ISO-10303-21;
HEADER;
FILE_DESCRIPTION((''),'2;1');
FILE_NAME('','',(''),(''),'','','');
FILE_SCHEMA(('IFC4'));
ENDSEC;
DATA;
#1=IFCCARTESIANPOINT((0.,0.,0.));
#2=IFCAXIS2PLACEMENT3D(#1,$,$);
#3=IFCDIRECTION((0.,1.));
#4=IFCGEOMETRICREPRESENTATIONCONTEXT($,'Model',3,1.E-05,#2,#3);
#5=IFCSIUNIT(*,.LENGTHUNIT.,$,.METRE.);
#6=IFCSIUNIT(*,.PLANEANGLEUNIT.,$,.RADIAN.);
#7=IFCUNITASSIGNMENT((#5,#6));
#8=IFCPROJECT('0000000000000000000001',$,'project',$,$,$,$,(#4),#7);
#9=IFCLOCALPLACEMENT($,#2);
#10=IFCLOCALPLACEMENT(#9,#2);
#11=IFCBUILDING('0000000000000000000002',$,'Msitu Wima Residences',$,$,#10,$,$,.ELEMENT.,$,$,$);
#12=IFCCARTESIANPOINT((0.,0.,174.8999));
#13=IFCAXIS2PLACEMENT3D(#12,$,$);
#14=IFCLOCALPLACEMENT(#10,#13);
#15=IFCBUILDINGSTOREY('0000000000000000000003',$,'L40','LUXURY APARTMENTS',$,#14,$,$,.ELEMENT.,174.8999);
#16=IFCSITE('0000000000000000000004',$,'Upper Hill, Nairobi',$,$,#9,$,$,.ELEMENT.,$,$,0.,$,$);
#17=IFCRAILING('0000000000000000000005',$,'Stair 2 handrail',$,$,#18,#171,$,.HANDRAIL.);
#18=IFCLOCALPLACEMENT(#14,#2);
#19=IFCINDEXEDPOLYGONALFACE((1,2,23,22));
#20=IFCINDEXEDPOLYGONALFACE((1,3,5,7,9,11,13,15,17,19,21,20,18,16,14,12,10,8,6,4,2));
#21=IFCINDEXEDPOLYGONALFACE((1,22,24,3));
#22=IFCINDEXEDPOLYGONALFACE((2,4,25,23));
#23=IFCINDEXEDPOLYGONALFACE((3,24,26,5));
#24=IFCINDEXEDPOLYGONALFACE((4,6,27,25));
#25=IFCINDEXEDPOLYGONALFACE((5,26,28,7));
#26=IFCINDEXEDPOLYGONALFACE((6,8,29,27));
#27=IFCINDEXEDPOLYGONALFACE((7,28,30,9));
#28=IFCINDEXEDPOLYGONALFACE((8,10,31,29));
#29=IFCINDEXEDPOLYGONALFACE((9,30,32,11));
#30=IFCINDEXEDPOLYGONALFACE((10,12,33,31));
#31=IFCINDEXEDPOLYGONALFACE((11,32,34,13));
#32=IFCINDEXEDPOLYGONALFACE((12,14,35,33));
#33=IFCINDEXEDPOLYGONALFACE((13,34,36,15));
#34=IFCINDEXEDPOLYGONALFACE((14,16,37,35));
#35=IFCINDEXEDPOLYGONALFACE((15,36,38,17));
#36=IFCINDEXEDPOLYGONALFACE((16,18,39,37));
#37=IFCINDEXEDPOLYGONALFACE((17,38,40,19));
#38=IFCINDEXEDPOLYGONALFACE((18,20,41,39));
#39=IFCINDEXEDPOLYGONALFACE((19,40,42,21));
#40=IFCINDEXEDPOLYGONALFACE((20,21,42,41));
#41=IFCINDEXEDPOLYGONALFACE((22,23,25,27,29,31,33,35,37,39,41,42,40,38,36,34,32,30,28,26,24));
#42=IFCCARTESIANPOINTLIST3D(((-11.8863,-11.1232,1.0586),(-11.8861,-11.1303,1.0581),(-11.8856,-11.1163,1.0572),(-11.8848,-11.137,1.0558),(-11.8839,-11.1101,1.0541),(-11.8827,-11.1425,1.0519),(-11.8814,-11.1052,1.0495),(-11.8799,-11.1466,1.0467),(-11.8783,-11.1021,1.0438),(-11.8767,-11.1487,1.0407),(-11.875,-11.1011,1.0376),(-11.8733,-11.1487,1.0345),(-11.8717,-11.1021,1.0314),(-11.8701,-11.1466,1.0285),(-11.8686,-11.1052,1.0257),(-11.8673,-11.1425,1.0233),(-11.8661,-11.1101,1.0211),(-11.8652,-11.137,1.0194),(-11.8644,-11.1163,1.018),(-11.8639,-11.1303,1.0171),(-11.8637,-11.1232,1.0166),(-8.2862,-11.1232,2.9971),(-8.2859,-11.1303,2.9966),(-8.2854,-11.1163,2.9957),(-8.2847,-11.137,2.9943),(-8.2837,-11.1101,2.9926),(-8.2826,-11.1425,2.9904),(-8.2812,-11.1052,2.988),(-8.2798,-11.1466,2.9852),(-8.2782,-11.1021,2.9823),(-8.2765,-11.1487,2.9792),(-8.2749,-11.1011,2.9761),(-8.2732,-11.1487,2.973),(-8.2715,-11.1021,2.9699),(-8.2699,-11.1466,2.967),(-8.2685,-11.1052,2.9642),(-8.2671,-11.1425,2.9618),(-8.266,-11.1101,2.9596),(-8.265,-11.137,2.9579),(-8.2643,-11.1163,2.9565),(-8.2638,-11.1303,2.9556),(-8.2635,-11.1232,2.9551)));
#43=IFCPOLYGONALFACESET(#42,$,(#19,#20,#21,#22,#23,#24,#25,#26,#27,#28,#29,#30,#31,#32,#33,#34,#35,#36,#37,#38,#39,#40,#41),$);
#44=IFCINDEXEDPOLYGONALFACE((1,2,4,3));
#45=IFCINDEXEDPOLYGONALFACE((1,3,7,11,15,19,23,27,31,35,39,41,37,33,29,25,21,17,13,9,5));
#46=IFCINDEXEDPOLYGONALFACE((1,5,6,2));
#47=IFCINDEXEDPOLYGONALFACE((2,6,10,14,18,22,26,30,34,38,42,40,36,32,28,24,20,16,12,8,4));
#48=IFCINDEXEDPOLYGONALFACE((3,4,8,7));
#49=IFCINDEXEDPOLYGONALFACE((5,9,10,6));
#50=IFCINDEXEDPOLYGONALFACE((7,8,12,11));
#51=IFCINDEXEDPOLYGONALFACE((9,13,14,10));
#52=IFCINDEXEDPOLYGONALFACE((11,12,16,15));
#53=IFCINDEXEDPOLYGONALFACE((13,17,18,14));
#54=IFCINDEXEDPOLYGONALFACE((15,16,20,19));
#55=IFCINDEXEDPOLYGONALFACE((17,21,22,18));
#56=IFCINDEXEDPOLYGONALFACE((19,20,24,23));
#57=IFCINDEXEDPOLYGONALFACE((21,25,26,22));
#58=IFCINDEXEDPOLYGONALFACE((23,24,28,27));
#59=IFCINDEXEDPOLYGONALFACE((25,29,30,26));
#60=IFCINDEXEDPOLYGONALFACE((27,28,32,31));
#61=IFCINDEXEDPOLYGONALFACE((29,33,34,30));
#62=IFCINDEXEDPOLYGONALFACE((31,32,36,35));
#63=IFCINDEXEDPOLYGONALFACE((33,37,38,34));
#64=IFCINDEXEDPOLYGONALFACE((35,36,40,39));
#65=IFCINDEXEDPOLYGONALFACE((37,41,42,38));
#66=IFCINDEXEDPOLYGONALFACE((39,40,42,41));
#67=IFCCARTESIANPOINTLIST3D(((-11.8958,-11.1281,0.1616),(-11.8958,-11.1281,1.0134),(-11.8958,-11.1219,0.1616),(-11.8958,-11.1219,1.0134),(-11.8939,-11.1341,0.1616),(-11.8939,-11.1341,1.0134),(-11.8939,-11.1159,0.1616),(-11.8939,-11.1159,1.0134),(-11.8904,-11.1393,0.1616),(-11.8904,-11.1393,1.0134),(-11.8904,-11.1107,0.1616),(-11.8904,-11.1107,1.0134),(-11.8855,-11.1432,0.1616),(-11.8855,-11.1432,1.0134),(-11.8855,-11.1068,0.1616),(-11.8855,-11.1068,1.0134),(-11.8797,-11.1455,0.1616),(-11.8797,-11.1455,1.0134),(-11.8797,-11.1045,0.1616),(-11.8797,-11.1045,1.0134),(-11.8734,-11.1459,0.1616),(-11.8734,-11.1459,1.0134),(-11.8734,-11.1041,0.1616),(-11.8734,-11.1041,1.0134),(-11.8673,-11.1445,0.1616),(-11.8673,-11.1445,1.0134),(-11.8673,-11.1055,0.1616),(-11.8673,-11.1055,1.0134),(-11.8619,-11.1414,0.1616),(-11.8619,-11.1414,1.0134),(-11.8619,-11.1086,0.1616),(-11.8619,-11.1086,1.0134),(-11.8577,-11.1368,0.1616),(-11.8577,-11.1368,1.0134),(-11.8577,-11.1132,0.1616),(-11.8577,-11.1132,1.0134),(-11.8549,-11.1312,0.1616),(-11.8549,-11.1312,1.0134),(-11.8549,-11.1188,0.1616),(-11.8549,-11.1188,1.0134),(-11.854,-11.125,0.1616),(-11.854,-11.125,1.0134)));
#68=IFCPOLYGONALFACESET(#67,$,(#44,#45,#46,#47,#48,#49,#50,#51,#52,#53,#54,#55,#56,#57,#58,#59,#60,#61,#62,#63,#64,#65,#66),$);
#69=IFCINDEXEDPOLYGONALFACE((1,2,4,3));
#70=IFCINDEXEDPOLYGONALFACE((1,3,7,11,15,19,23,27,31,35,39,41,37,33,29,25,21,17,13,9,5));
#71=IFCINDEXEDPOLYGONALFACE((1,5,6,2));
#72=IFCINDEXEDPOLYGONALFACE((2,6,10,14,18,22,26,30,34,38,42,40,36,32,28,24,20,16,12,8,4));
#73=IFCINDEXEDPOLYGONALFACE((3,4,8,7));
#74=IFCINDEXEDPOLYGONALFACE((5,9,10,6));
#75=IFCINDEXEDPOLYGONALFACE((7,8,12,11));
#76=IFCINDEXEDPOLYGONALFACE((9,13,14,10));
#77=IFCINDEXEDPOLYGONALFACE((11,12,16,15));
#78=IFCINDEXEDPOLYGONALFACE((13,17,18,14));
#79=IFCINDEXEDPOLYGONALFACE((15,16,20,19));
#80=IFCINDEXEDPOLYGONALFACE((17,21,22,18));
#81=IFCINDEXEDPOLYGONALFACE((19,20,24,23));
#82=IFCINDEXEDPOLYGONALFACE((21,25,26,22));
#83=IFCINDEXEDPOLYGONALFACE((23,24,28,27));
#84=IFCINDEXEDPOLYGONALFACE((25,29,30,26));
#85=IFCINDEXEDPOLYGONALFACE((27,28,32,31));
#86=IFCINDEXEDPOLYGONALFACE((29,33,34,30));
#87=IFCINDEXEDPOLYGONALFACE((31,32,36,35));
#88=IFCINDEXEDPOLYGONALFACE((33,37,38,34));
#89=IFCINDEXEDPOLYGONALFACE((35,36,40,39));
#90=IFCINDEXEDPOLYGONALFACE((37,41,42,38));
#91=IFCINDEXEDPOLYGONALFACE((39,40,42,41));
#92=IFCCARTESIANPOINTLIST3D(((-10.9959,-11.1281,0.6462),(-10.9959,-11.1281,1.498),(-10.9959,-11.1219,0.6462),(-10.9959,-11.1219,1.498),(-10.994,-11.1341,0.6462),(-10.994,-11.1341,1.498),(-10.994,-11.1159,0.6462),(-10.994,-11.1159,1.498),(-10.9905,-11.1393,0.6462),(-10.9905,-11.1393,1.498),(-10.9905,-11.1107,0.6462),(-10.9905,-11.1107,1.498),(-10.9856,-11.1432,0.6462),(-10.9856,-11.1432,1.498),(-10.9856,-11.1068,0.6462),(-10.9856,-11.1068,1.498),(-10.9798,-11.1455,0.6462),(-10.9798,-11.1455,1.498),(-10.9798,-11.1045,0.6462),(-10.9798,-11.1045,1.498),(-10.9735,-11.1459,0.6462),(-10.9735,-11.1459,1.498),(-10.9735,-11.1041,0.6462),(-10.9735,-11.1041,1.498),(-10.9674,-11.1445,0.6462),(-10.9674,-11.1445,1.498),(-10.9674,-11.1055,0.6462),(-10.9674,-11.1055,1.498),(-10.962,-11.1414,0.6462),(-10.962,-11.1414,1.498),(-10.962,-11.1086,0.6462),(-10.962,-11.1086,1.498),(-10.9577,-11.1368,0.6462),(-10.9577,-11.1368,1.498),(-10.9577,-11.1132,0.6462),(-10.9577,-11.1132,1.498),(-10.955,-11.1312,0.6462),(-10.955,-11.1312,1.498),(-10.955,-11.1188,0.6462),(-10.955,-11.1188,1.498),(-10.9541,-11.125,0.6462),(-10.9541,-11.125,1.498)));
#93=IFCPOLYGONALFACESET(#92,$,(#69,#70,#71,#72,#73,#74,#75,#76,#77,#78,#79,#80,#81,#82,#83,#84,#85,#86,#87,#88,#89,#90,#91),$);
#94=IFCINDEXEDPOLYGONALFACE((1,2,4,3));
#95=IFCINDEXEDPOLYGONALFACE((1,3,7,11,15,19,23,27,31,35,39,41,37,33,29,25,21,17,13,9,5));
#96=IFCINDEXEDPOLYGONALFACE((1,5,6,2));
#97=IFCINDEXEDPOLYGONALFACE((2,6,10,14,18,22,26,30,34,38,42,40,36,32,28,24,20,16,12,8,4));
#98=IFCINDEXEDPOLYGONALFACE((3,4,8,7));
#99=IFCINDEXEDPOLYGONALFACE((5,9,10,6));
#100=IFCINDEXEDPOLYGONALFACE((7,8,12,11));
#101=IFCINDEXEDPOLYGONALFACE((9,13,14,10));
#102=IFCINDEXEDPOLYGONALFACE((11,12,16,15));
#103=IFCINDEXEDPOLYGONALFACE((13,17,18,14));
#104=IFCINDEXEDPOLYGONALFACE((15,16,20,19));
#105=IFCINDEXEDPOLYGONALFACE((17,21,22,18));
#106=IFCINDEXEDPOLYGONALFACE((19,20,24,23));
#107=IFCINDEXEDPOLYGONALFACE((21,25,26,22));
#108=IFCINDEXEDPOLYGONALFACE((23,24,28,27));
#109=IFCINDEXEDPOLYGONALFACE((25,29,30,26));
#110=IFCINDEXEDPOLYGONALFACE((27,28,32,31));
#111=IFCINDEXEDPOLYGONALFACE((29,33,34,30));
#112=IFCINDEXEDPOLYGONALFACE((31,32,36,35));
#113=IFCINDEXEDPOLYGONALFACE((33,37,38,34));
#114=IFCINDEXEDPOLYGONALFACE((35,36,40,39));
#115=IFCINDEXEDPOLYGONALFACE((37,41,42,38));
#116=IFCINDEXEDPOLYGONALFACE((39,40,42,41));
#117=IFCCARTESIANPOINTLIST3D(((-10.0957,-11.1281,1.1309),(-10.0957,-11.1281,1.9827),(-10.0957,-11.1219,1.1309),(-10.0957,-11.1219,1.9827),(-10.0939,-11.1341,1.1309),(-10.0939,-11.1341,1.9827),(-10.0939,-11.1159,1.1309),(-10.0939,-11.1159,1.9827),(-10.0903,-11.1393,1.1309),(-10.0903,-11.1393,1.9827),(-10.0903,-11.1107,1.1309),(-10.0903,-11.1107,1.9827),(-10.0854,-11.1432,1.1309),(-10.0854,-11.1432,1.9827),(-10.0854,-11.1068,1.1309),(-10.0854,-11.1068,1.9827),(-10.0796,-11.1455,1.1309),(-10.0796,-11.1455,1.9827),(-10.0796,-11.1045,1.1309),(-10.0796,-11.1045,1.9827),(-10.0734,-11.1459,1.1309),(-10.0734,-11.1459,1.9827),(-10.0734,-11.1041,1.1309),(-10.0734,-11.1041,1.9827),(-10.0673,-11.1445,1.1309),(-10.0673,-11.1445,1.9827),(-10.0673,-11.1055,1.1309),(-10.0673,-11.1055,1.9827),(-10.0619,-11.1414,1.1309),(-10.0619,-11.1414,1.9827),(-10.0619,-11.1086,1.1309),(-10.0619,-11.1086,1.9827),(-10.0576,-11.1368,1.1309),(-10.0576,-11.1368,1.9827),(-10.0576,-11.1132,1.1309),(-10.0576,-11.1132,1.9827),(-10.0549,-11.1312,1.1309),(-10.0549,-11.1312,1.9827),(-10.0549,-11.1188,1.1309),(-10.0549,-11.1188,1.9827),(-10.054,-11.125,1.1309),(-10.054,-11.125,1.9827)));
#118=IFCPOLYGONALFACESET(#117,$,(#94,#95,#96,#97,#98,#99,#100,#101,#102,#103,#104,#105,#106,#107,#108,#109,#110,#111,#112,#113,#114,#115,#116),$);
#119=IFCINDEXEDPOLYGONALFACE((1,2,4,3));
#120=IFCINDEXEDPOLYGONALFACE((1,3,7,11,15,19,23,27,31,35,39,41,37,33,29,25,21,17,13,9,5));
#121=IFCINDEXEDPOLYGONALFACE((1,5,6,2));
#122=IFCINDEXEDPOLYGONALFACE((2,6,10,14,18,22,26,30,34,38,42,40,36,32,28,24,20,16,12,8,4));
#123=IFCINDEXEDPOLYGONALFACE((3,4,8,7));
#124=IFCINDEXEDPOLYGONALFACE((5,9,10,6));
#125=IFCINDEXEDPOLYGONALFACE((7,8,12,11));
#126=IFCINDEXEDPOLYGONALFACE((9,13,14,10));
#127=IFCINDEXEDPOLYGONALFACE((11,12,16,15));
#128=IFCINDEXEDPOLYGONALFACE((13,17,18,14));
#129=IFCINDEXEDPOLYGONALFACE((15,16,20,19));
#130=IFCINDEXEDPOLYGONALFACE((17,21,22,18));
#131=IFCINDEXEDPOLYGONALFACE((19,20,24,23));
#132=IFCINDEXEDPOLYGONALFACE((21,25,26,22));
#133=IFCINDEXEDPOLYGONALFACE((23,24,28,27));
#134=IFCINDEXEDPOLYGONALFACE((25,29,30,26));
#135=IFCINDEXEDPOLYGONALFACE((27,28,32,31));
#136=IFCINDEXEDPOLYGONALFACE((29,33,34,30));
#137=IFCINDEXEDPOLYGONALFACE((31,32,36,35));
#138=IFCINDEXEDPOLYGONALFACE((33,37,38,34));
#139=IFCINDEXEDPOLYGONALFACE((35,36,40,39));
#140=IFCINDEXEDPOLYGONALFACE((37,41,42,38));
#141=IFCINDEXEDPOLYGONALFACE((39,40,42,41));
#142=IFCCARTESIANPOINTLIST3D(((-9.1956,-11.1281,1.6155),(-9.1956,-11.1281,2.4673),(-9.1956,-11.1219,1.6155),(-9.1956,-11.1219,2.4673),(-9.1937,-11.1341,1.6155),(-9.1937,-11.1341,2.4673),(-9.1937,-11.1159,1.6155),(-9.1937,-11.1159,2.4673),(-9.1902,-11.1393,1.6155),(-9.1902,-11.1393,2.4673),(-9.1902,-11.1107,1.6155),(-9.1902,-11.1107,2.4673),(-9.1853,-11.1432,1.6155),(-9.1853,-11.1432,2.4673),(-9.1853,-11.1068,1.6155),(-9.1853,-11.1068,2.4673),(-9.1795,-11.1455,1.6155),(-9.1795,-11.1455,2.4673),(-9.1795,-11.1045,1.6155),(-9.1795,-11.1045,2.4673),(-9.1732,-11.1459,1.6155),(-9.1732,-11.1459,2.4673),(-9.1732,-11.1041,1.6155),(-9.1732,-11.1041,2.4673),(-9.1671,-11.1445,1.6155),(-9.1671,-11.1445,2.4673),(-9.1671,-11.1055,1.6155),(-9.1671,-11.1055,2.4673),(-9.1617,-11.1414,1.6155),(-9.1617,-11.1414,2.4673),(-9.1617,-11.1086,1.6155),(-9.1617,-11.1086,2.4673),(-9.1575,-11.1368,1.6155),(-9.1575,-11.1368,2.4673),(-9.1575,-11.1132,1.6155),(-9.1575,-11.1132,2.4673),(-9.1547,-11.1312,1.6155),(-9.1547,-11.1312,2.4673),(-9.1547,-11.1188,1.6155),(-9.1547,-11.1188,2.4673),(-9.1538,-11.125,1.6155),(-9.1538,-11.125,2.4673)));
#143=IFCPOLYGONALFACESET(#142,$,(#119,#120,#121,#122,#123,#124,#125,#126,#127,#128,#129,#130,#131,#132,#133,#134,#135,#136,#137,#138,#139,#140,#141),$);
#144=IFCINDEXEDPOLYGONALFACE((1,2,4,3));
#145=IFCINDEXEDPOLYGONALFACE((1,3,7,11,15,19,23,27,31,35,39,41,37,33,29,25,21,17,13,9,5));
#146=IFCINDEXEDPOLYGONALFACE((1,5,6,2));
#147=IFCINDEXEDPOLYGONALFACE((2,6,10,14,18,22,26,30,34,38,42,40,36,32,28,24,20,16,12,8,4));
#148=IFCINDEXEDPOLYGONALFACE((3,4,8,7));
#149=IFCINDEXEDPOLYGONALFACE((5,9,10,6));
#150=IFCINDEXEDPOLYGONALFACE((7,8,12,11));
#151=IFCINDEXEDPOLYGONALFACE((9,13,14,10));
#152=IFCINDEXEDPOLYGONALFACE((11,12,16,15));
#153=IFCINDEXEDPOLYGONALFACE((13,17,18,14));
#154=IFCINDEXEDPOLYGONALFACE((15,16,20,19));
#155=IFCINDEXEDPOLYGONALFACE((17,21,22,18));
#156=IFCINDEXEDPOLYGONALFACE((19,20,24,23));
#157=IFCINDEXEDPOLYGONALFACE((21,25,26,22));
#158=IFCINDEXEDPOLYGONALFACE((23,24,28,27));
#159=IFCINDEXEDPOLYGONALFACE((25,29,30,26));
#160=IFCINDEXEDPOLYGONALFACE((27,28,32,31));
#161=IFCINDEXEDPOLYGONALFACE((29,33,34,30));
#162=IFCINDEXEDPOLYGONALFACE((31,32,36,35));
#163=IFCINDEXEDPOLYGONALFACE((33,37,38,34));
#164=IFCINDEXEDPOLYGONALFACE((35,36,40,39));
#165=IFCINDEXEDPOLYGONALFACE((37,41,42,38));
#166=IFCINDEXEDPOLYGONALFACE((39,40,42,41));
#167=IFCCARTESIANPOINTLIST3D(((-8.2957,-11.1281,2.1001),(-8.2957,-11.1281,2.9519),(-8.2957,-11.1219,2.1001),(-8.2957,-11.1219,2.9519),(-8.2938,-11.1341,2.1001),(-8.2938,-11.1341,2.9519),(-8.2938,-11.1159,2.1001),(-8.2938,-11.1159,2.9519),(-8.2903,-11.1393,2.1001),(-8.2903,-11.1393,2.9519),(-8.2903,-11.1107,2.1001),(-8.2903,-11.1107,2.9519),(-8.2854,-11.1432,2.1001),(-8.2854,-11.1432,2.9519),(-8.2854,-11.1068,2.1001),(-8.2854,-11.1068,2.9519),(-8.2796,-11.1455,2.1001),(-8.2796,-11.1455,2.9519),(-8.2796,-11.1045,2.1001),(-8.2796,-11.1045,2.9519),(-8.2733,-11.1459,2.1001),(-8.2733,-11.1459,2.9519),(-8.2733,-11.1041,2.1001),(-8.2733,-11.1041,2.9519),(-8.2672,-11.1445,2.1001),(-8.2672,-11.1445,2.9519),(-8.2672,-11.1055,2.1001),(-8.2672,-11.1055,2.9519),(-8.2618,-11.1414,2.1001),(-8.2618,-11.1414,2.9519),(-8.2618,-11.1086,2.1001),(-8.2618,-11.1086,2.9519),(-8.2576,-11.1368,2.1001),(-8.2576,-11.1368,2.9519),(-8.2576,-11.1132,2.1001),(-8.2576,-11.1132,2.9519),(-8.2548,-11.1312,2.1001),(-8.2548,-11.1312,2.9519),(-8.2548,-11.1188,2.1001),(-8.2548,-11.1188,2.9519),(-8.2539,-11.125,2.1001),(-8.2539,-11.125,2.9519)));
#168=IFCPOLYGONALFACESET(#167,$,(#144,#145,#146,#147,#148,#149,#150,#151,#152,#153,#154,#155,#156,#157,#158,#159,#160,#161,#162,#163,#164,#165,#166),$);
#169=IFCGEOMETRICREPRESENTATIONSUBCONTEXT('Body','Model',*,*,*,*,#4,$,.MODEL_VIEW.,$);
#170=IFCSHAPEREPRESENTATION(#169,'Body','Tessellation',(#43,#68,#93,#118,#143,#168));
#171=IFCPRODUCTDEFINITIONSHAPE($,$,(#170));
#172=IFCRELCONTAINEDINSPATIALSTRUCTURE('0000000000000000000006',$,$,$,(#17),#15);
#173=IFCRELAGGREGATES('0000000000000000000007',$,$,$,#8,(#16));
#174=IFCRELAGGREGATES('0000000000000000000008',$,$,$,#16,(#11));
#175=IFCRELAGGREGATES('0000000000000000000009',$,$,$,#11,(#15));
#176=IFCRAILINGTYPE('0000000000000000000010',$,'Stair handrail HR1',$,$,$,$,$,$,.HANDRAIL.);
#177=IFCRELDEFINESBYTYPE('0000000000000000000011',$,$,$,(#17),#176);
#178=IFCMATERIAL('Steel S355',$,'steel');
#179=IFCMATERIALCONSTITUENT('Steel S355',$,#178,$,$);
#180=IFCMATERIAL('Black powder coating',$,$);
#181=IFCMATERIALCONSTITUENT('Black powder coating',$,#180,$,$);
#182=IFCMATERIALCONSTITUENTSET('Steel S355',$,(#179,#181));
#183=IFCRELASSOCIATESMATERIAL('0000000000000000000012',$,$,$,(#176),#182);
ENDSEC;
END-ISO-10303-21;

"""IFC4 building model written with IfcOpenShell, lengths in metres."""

from ifc_helpers import new_model, si_unit, direction, frame, origin, origin_2d, place, context, subcontext, project, spatial, circle, extrude, material, constituent, constituent_set, type_object, element, save


model = new_model("IFC4")

# Units and contexts
model_context = context("Model", 3, precision=1e-05, world=origin(), true_north=direction((0.0, 1.0)))
body_context = subcontext(model_context, "Body", "Model", "MODEL_VIEW")
ifc_project = project(units=[si_unit("LENGTHUNIT", "METRE"), si_unit("PLANEANGLEUNIT", "RADIAN")], contexts=[model_context])

# Site, building, storey
site_placement = place(None, origin())
site = spatial("IfcSite", under=ifc_project, at=site_placement, Name="Upper Hill, Nairobi", CompositionType="ELEMENT", RefElevation=0.0)
building_placement = place(site_placement, origin())
building = spatial("IfcBuilding", under=site, at=building_placement, Name="Msitu Wima Residences", CompositionType="ELEMENT")
storey_placement = place(building_placement, frame((0.0, 0.0, 174.8999)))
storey = spatial("IfcBuildingStorey", under=building, at=storey_placement, Name="L40", Description="LUXURY APARTMENTS", CompositionType="ELEMENT", Elevation=174.8999)

# Railing
ifc_material_1 = material(Name="Steel S355", Category="steel")
ifc_constituent_1 = constituent(ifc_material_1, Name="Steel S355")
ifc_material_2 = material(Name="Black powder coating")
ifc_constituent_2 = constituent(ifc_material_2, Name="Black powder coating")
ifc_constituent_set = constituent_set(constituents=[ifc_constituent_1, ifc_constituent_2], Name="Steel S355")
railing_type = type_object("IfcRailingType", Name="Stair handrail HR1", PredefinedType="HANDRAIL", material=ifc_constituent_set)
for number, where, name in (
    (1, (-11.875, -11.125, 0.1616), "Stair 2 handrail"),
):
    element("IfcRailing", number, at=place(storey_placement, frame(where)), inside=storey, type_object=railing_type, Name=name, PredefinedType="HANDRAIL", context=body_context, shape_type="SweptSolid", body=[
        extrude(circle(Radius=0.0239, at=origin_2d()), frame((0.0, 0.0, 0.876), z_axis=(0.880475, 0.0, 0.474093), x_axis=(0.0, 1.0, 0.0)), (0.0, 0.0, 1.0), 4.0889),
        extrude(circle(Radius=0.021, at=origin_2d()), origin(), (0.0, 0.0, 1.0), 0.8518),
        extrude(circle(Radius=0.021, at=origin_2d()), frame((0.8999, 0.0, 0.4846)), (0.0, 0.0, 1.0), 0.8518),
        extrude(circle(Radius=0.021, at=origin_2d()), frame((1.8, 0.0, 0.9692)), (0.0, 0.0, 1.0), 0.8518),
        extrude(circle(Radius=0.021, at=origin_2d()), frame((2.7002, 0.0, 1.4539)), (0.0, 0.0, 1.0), 0.8518),
        extrude(circle(Radius=0.021, at=origin_2d()), frame((3.6001, 0.0, 1.9385)), (0.0, 0.0, 1.0), 0.8518),
    ])

save(model, "model.ifc")
